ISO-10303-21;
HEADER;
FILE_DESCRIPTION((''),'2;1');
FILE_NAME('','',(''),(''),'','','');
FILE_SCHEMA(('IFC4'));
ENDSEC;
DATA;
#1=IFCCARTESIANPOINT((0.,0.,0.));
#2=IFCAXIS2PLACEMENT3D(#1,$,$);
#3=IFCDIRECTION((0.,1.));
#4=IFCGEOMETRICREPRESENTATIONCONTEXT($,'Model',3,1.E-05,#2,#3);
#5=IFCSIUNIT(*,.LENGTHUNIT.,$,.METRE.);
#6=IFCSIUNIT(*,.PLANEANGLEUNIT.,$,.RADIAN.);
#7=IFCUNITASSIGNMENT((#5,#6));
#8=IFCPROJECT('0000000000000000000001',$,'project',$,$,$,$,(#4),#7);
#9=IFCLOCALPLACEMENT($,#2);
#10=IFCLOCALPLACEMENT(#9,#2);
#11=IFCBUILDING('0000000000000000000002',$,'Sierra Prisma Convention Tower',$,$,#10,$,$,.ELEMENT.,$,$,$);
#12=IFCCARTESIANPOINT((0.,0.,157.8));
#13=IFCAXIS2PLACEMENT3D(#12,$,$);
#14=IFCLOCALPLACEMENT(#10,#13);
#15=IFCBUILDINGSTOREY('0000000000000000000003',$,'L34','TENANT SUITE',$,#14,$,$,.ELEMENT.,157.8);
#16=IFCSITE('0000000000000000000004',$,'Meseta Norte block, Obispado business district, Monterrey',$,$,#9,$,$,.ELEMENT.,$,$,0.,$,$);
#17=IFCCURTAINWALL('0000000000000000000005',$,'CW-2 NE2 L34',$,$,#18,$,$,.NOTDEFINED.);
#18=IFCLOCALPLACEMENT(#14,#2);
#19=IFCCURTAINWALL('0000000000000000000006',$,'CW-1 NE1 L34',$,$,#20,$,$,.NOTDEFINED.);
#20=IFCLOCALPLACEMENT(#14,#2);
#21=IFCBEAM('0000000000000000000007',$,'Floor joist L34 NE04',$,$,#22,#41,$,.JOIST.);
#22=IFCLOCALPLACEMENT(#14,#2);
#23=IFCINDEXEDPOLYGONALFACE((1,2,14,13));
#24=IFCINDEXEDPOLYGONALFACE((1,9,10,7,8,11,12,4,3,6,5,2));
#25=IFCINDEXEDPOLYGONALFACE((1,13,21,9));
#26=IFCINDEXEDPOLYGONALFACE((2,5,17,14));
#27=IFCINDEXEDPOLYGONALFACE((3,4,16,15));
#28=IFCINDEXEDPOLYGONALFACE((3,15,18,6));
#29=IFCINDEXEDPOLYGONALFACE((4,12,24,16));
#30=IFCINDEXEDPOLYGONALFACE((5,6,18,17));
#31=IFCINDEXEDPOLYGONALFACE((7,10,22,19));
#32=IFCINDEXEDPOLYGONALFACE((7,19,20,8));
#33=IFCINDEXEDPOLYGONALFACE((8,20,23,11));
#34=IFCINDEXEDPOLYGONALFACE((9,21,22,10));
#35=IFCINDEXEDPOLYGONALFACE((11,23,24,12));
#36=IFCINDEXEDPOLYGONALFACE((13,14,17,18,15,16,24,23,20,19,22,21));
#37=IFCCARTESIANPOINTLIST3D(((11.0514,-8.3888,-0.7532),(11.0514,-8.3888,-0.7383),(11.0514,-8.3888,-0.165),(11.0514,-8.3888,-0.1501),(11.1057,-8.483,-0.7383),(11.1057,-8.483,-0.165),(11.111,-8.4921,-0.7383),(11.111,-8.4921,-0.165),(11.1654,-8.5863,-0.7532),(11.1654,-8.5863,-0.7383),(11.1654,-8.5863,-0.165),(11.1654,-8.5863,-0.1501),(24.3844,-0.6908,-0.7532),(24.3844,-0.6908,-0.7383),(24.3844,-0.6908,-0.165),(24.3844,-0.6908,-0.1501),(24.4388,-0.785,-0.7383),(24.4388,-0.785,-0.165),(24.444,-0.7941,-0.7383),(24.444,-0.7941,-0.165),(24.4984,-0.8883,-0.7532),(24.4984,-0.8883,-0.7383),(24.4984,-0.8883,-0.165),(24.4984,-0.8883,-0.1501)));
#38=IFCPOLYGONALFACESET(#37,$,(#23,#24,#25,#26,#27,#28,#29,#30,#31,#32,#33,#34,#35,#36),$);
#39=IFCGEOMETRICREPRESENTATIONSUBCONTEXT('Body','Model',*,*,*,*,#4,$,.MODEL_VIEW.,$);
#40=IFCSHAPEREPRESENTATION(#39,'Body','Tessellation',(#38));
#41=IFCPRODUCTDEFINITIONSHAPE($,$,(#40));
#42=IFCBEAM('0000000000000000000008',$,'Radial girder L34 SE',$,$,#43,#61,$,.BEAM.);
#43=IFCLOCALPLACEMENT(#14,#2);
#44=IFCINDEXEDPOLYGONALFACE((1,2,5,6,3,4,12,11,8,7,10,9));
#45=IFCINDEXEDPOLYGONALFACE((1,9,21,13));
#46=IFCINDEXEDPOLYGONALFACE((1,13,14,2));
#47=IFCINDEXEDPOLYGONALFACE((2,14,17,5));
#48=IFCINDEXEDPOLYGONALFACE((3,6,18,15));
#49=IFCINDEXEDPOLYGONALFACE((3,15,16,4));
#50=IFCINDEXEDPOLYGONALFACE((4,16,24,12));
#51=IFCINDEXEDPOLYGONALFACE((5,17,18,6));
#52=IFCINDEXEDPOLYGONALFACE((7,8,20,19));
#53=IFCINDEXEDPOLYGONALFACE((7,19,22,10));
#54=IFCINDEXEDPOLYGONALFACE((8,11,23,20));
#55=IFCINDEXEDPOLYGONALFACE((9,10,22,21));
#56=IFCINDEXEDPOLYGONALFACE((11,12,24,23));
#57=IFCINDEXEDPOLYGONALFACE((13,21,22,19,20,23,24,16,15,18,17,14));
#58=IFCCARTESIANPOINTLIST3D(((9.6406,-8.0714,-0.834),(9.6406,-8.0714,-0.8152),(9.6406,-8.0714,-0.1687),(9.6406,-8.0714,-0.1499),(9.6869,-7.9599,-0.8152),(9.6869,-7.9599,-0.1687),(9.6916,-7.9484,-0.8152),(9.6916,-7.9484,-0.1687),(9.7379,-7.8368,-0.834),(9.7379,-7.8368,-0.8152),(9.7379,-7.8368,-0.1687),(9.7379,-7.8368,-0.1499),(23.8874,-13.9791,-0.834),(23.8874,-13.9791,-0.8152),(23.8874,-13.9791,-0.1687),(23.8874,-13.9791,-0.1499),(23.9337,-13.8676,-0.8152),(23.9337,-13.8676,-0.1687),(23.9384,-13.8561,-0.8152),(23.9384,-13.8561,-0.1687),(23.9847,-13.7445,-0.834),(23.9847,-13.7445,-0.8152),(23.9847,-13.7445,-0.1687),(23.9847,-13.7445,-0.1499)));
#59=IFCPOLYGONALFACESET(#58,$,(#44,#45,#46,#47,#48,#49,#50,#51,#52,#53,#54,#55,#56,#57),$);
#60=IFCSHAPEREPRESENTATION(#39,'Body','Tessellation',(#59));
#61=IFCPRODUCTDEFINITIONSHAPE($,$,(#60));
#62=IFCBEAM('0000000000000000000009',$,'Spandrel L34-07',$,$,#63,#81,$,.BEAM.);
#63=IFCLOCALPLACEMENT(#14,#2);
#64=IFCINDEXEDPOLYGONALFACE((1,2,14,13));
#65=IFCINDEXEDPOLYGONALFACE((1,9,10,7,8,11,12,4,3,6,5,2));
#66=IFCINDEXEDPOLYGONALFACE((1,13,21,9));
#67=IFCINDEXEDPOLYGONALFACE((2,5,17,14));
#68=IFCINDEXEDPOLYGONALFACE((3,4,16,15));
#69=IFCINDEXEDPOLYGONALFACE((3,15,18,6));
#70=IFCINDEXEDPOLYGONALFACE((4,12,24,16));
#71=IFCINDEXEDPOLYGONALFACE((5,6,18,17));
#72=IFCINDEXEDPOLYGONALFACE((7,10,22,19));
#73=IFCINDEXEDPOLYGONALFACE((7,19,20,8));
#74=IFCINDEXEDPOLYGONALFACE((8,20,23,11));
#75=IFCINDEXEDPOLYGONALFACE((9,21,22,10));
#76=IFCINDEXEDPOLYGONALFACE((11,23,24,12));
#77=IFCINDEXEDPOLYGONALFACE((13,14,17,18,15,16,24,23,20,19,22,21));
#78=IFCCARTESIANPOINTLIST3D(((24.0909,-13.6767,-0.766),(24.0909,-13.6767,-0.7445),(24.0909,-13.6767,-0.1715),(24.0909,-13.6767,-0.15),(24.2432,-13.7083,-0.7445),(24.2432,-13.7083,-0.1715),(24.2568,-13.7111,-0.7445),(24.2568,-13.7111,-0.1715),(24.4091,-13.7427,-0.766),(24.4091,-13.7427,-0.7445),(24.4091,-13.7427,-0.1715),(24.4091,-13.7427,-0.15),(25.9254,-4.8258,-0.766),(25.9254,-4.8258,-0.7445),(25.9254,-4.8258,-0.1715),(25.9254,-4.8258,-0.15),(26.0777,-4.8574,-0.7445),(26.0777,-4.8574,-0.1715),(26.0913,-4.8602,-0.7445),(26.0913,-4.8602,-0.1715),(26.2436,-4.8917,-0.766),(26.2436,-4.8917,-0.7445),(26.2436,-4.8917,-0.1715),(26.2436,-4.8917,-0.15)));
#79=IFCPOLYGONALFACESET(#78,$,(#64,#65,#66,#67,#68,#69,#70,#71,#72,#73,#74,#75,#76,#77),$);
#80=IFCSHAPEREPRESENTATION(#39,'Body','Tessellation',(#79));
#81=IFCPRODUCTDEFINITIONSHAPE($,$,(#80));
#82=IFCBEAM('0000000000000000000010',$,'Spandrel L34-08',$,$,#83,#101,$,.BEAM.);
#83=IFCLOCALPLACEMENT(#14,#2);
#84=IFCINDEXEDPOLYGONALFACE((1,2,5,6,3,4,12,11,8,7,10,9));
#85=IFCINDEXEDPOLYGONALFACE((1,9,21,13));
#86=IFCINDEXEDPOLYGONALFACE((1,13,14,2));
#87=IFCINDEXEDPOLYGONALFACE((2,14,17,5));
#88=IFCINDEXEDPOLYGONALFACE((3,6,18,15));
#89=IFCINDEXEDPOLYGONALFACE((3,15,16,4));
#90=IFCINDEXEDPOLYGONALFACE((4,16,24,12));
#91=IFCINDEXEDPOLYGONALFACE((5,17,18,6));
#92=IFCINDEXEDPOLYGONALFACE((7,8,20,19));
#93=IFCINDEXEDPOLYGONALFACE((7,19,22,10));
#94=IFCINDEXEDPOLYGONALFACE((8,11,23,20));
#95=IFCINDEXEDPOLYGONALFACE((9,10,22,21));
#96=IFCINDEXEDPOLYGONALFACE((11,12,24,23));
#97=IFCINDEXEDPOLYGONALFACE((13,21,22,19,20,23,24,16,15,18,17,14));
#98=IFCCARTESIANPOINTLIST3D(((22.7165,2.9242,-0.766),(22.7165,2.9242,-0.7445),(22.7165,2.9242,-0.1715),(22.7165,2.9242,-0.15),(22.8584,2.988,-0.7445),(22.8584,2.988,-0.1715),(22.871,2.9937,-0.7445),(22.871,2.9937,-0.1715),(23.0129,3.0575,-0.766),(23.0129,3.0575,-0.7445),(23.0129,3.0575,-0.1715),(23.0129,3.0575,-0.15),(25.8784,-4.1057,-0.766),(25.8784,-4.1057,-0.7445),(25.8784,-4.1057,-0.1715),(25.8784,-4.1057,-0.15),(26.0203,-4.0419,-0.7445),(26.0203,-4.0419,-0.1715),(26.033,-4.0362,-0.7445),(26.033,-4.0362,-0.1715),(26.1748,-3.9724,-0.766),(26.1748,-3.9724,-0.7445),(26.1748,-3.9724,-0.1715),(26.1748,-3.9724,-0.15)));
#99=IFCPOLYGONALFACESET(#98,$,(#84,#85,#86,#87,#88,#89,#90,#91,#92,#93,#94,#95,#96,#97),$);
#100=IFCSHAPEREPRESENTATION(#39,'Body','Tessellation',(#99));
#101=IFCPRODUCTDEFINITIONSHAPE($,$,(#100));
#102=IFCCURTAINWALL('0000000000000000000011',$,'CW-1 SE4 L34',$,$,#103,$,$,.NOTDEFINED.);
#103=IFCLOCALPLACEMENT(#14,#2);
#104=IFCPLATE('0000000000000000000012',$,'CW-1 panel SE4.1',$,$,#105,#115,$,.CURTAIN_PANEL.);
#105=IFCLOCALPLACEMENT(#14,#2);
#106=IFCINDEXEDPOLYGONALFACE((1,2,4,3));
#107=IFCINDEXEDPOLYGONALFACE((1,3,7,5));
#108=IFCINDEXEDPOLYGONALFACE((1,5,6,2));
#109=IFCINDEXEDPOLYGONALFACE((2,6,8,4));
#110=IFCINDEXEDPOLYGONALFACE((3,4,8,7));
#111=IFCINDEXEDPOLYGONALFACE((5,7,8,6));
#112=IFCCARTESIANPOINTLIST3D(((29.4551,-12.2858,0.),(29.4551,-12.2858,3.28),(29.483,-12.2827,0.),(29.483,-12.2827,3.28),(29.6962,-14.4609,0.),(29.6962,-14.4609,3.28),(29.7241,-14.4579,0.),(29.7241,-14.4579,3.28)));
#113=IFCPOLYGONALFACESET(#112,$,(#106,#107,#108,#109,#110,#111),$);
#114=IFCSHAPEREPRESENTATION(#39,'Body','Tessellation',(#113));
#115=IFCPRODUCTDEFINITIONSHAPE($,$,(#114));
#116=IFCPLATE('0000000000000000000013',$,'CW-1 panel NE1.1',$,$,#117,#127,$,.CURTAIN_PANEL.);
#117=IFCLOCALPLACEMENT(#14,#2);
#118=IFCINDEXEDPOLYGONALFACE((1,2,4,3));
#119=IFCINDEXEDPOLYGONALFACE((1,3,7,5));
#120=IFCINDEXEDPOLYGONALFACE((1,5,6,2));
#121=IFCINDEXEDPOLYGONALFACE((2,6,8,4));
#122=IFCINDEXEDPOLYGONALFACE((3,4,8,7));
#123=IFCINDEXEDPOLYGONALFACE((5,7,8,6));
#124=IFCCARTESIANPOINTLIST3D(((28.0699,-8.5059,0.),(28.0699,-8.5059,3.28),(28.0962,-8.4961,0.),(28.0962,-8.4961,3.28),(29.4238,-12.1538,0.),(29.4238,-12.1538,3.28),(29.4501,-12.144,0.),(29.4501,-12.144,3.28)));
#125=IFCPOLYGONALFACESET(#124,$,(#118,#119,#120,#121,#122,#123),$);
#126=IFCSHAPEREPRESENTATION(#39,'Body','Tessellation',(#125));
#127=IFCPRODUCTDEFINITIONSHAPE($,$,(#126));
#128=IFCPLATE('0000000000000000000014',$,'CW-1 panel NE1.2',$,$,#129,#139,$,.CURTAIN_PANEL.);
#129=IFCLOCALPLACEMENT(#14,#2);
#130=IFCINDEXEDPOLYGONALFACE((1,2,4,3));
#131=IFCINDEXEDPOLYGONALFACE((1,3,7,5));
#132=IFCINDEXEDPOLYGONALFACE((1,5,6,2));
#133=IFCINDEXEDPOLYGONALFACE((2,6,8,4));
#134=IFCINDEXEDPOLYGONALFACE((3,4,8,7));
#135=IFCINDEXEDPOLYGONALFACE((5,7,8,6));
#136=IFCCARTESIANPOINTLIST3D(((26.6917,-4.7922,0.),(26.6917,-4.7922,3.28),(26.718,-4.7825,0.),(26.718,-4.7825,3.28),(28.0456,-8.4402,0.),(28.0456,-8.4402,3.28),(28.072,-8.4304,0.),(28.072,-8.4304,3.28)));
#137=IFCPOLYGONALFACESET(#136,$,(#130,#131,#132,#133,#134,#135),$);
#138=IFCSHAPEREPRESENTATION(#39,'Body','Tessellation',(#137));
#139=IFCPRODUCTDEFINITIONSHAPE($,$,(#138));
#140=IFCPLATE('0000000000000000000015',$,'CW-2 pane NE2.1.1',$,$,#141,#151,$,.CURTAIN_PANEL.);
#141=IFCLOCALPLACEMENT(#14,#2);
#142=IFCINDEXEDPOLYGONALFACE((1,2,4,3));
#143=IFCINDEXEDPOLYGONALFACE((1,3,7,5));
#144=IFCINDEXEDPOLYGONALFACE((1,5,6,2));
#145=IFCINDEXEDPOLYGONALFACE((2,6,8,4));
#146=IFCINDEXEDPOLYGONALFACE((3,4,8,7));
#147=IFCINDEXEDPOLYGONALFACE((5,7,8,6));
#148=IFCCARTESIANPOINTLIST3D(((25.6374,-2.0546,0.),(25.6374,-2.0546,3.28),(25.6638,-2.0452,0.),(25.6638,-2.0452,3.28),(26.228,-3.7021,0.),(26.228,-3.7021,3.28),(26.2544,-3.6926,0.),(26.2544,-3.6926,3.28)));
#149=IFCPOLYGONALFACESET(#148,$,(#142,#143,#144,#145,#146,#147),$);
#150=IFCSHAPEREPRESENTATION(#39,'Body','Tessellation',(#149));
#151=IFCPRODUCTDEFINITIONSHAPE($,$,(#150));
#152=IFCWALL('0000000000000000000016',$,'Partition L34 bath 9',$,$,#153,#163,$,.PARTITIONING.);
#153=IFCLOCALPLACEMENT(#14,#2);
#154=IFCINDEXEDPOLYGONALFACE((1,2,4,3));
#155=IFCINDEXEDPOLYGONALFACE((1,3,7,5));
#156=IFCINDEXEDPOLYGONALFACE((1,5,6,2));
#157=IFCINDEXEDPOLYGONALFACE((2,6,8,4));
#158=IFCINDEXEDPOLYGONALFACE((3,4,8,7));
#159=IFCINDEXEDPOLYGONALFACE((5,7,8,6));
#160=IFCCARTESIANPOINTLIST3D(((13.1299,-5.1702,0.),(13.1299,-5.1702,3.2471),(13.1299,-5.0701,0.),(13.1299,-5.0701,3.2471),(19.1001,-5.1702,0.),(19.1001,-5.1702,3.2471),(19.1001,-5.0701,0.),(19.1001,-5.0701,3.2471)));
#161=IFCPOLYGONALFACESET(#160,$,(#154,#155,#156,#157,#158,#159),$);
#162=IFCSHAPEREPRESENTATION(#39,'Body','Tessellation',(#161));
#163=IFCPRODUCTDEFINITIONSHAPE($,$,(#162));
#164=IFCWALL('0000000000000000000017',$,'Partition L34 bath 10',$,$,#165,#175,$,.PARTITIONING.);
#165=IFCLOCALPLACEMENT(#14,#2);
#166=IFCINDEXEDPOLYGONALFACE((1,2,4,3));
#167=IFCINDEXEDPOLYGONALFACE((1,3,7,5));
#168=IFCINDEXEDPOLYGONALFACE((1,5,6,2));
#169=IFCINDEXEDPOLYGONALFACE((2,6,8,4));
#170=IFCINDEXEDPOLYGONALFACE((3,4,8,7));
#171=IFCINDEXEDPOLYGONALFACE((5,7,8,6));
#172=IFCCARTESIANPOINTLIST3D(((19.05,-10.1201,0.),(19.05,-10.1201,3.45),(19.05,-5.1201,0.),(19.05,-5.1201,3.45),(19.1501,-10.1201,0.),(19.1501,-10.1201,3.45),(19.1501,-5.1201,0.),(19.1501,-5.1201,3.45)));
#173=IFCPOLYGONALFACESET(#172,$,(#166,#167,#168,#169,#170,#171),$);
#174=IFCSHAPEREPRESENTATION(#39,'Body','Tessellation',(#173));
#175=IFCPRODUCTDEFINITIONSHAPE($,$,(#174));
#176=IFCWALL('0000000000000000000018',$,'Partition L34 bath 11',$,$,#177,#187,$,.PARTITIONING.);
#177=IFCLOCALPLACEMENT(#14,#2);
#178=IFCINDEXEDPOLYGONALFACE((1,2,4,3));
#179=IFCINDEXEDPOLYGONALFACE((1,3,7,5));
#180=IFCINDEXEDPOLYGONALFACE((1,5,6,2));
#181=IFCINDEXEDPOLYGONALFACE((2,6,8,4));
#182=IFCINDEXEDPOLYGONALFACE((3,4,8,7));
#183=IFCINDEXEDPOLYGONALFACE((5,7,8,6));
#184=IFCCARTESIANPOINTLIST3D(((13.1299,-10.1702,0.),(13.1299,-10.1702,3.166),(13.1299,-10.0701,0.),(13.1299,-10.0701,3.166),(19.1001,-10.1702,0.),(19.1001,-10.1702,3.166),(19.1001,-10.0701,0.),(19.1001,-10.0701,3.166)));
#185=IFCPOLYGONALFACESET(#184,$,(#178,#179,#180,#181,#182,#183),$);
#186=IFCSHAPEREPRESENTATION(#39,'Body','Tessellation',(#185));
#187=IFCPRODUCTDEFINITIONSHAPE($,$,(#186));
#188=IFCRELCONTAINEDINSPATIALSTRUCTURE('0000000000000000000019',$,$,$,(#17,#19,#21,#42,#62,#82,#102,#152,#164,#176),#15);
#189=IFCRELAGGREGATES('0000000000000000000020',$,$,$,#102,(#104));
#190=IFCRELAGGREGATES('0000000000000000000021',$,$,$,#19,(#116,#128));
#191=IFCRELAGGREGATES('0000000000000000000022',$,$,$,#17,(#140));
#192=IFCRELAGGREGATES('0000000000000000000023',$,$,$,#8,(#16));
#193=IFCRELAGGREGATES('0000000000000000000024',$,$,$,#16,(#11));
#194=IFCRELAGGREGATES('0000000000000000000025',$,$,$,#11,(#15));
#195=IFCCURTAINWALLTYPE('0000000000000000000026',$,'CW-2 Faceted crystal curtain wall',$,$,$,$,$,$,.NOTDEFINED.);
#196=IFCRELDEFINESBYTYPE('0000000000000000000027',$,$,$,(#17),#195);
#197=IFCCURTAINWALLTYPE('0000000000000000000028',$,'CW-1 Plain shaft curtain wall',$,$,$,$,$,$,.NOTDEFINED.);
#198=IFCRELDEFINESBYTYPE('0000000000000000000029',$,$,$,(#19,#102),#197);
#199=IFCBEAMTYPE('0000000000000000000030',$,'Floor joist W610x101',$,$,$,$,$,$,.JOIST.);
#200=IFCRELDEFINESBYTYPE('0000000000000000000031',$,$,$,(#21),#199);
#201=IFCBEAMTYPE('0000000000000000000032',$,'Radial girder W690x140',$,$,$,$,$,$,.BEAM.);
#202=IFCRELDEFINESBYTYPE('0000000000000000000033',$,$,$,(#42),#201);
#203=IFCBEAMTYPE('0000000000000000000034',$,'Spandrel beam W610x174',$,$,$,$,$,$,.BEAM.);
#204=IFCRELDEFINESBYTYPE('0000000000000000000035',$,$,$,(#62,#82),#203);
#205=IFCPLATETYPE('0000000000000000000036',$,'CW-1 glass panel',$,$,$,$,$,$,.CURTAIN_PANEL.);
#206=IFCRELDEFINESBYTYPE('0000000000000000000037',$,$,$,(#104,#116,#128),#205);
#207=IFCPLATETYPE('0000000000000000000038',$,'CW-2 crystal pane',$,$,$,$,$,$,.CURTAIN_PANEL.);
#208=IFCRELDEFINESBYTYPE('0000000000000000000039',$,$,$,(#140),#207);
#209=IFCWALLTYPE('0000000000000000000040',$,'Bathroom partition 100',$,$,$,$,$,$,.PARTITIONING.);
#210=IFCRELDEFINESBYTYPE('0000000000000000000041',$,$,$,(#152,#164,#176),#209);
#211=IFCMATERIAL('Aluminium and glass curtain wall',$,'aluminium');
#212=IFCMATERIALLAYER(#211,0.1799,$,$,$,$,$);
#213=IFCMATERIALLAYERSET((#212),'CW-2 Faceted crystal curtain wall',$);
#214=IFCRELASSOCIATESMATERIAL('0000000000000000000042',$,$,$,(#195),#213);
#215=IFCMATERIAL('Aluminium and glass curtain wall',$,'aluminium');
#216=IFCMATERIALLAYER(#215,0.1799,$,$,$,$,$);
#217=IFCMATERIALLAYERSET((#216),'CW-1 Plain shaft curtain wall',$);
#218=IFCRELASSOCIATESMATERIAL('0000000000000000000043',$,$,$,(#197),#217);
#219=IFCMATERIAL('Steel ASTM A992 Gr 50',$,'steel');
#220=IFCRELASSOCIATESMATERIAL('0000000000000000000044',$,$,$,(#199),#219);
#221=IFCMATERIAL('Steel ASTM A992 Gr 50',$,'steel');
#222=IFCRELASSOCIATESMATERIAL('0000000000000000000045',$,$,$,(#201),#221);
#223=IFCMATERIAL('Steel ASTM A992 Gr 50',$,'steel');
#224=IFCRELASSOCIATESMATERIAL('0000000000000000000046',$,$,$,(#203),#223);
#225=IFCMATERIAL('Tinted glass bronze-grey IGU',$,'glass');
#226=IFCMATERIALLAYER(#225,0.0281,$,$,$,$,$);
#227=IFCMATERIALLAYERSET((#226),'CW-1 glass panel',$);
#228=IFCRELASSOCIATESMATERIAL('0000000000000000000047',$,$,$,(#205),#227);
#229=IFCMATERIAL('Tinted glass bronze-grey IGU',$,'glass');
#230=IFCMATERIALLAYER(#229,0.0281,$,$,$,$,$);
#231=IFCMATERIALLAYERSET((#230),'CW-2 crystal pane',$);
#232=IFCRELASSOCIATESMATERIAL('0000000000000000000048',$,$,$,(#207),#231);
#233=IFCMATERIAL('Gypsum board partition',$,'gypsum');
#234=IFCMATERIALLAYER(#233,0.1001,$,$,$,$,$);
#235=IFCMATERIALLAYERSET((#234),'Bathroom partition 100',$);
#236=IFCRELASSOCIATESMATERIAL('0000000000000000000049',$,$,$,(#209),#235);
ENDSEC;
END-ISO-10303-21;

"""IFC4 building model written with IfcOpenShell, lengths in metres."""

from ifc_helpers import new_model, si_unit, direction, frame, frame_2d, origin, origin_2d, place, context, subcontext, project, spatial, polyline, rectangle, i_section, outline, extrude, material, layer, layer_set, material_profile, profile_set, type_object, element, aggregate, save


model = new_model("IFC4")

# Units and contexts
model_context = context("Model", 3, precision=1e-05, world=origin(), true_north=direction((0.0, 1.0)))
body_context = subcontext(model_context, "Body", "Model", "MODEL_VIEW")
ifc_project = project(units=[si_unit("LENGTHUNIT", "METRE"), si_unit("PLANEANGLEUNIT", "RADIAN")], contexts=[model_context])

# Site, building, storey
site_placement = place(None, origin())
site = spatial("IfcSite", under=ifc_project, at=site_placement, Name="Meseta Norte block, Obispado business district, Monterrey", CompositionType="ELEMENT", RefElevation=0.0)
building_placement = place(site_placement, origin())
building = spatial("IfcBuilding", under=site, at=building_placement, Name="Sierra Prisma Convention Tower", CompositionType="ELEMENT")
storey_placement = place(building_placement, frame((0.0, 0.0, 157.8)))
storey = spatial("IfcBuildingStorey", under=building, at=storey_placement, Name="L34", Description="TENANT SUITE", CompositionType="ELEMENT", Elevation=157.8)

# Curtain wall
ifc_material_1 = material(Name="Aluminium and glass curtain wall", Category="aluminium")
ifc_layer_1 = layer(ifc_material_1, 0.1799)
ifc_layer_set_1 = layer_set([ifc_layer_1], Name="CW-2 Faceted crystal curtain wall")
curtain_wall_type_1 = type_object("IfcCurtainWallType", Name="CW-2 Faceted crystal curtain wall", PredefinedType="NOTDEFINED", material=ifc_layer_set_1)
curtain_wall_1_placement = place(storey_placement, origin())
curtain_wall_1 = element("IfcCurtainWall", 1, at=curtain_wall_1_placement, inside=storey, type_object=curtain_wall_type_1, Name="CW-2 NE2 L34", PredefinedType="NOTDEFINED")

# Curtain wall
ifc_material_2 = material(Name="Aluminium and glass curtain wall", Category="aluminium")
ifc_layer_2 = layer(ifc_material_2, 0.1799)
ifc_layer_set_2 = layer_set([ifc_layer_2], Name="CW-1 Plain shaft curtain wall")
curtain_wall_type_2 = type_object("IfcCurtainWallType", Name="CW-1 Plain shaft curtain wall", PredefinedType="NOTDEFINED", material=ifc_layer_set_2)
curtain_wall_2_placement = place(storey_placement, origin())
curtain_wall_2 = element("IfcCurtainWall", 2, at=curtain_wall_2_placement, inside=storey, type_object=curtain_wall_type_2, Name="CW-1 NE1 L34", PredefinedType="NOTDEFINED")

# Beams
ifc_material_3 = material(Name="Steel ASTM A992 Gr 50", Category="steel")
ifc_material_profile_1 = material_profile(ifc_material_3, i_section(OverallWidth=0.228, OverallDepth=0.603, WebThickness=0.0105, FlangeThickness=0.0149, at=origin_2d()), Name="W610x101")
ifc_profile_set_1 = profile_set([ifc_material_profile_1], Name="Steel ASTM A992 Gr 50")
beam_type_1 = type_object("IfcBeamType", Name="Floor joist W610x101", PredefinedType="JOIST", material=ifc_profile_set_1)
beam_1_placement = place(storey_placement, frame((24.4414, -0.7896, -0.4517), z_axis=(-0.86602, -0.500009, 0.0), x_axis=(0.500009, -0.86602, 0.0)))
element("IfcBeam", 3, at=beam_1_placement, inside=storey, type_object=beam_type_1, Name="Floor joist L34 NE04", PredefinedType="JOIST", context=body_context, shape_type="SweptSolid", body=[
    extrude(i_section(OverallWidth=0.228, OverallDepth=0.603, WebThickness=0.0105, FlangeThickness=0.0149, at=origin_2d()), origin(), (0.0, 0.0, 1.0), 15.3958),
])
ifc_material_4 = material(Name="Steel ASTM A992 Gr 50", Category="steel")
ifc_material_profile_2 = material_profile(ifc_material_4, i_section(OverallWidth=0.2539, OverallDepth=0.6841, WebThickness=0.0125, FlangeThickness=0.0188, at=origin_2d()), Name="W690x140")
ifc_profile_set_2 = profile_set([ifc_material_profile_2], Name="Steel ASTM A992 Gr 50")
beam_type_2 = type_object("IfcBeamType", Name="Radial girder W690x140", PredefinedType="BEAM", material=ifc_profile_set_2)
beam_2_placement = place(storey_placement, frame((23.936, -13.8618, -0.4919), z_axis=(-0.923731, 0.383042, 0.0), x_axis=(-0.383042, -0.923731, 0.0)))
element("IfcBeam", 4, at=beam_2_placement, inside=storey, type_object=beam_type_2, Name="Radial girder L34 SE", PredefinedType="BEAM", context=body_context, shape_type="SweptSolid", body=[
    extrude(i_section(OverallWidth=0.2539, OverallDepth=0.6841, WebThickness=0.0125, FlangeThickness=0.0188, at=origin_2d()), origin(), (0.0, 0.0, 1.0), 15.4231),
])
ifc_material_5 = material(Name="Steel ASTM A992 Gr 50", Category="steel")
ifc_material_profile_3 = material_profile(ifc_material_5, i_section(OverallWidth=0.325, OverallDepth=0.616, WebThickness=0.0139, FlangeThickness=0.0215, at=origin_2d()), Name="W610x174")
ifc_profile_set_3 = profile_set([ifc_material_profile_3], Name="Steel ASTM A992 Gr 50")
beam_type_3 = type_object("IfcBeamType", Name="Spandrel beam W610x174", PredefinedType="BEAM", material=ifc_profile_set_3)
beam_3_placement = place(storey_placement, frame((24.25, -13.7097, -0.458), z_axis=(0.202952, 0.979189, 0.0), x_axis=(-0.979189, 0.202952, 0.0)))
element("IfcBeam", 5, at=beam_3_placement, inside=storey, type_object=beam_type_3, Name="Spandrel L34-07", PredefinedType="BEAM", context=body_context, shape_type="SweptSolid", body=[
    extrude(i_section(OverallWidth=0.325, OverallDepth=0.616, WebThickness=0.0139, FlangeThickness=0.0215, at=origin_2d()), origin(), (0.0, 0.0, 1.0), 9.0391),
])
beam_4_placement = place(storey_placement, frame((26.0266, -4.0391, -0.458), z_axis=(-0.410199, 0.911996, 0.0), x_axis=(-0.911996, -0.410199, 0.0)))
element("IfcBeam", 6, at=beam_4_placement, inside=storey, type_object=beam_type_3, Name="Spandrel L34-08", PredefinedType="BEAM", context=body_context, shape_type="SweptSolid", body=[
    extrude(i_section(OverallWidth=0.325, OverallDepth=0.616, WebThickness=0.0139, FlangeThickness=0.0215, at=origin_2d()), origin(), (0.0, 0.0, 1.0), 7.7083),
])

# Curtain wall, plate
curtain_wall_3_placement = place(storey_placement, origin())
curtain_wall_3 = element("IfcCurtainWall", 7, at=curtain_wall_3_placement, inside=storey, type_object=curtain_wall_type_2, Name="CW-1 SE4 L34", PredefinedType="NOTDEFINED")
ifc_material_6 = material(Name="Tinted glass bronze-grey IGU", Category="glass")
ifc_layer_3 = layer(ifc_material_6, 0.0281)
ifc_layer_set_3 = layer_set([ifc_layer_3], Name="CW-1 glass panel")
plate_type_1 = type_object("IfcPlateType", Name="CW-1 glass panel", PredefinedType="CURTAIN_PANEL", material=ifc_layer_set_3)
plate_1_placement = place(storey_placement, frame((29.5896, -13.3718, 0.0), z_axis=(0.0, 0.0, 1.0), x_axis=(-0.110186, 0.993911, 0.0)))
plate_1 = element("IfcPlate", 8, at=plate_1_placement, type_object=plate_type_1, Name="CW-1 panel SE4.1", PredefinedType="CURTAIN_PANEL", context=body_context, shape_type="SweptSolid", body=[
    extrude(rectangle(XDim=2.1885, YDim=0.0281, at=origin_2d()), origin(), (0.0, 0.0, 1.0), 3.28),
])
aggregate(curtain_wall_3, [plate_1])

# Plates
plate_2_placement = place(storey_placement, frame((28.76, -10.325, 0.0), z_axis=(0.0, 0.0, 1.0), x_axis=(-0.347954, 0.937511, 0.0)))
plate_2 = element("IfcPlate", 9, at=plate_2_placement, type_object=plate_type_1, Name="CW-1 panel NE1.1", PredefinedType="CURTAIN_PANEL", context=body_context, shape_type="SweptSolid", body=[
    extrude(rectangle(XDim=3.8911, YDim=0.0281, at=origin_2d()), origin(), (0.0, 0.0, 1.0), 3.28),
])
plate_3_placement = place(storey_placement, frame((27.3818, -6.6113, 0.0), z_axis=(0.0, 0.0, 1.0), x_axis=(-0.347954, 0.937511, 0.0)))
plate_3 = element("IfcPlate", 10, at=plate_3_placement, type_object=plate_type_1, Name="CW-1 panel NE1.2", PredefinedType="CURTAIN_PANEL", context=body_context, shape_type="SweptSolid", body=[
    extrude(rectangle(XDim=3.8911, YDim=0.0281, at=origin_2d()), origin(), (0.0, 0.0, 1.0), 3.28),
])
aggregate(curtain_wall_2, [plate_2, plate_3])
ifc_material_7 = material(Name="Tinted glass bronze-grey IGU", Category="glass")
ifc_layer_4 = layer(ifc_material_7, 0.0281)
ifc_layer_set_4 = layer_set([ifc_layer_4], Name="CW-2 crystal pane")
plate_type_2 = type_object("IfcPlateType", Name="CW-2 crystal pane", PredefinedType="CURTAIN_PANEL", material=ifc_layer_set_4)
plate_4_placement = place(storey_placement, frame((26.2544, -3.6926, 0.0), z_axis=(0.941344, 0.33745, 0.0), x_axis=(-0.33745, 0.941344, 0.0)))
plate_4 = element("IfcPlate", 11, at=plate_4_placement, type_object=plate_type_2, Name="CW-2 pane NE2.1.1", PredefinedType="CURTAIN_PANEL", context=body_context, shape_type="SweptSolid", body=[
    extrude(outline(polyline([(0.0, 0.0), (1.7501, 0.0), (1.7501, 3.28), (0.0, 3.28), (0.0, 0.0)])), origin(), (0.0, 0.0, -1.0), 0.0281),
])
aggregate(curtain_wall_1, [plate_4])

# Walls
ifc_material_8 = material(Name="Gypsum board partition", Category="gypsum")
ifc_layer_5 = layer(ifc_material_8, 0.1001)
ifc_layer_set_5 = layer_set([ifc_layer_5], Name="Bathroom partition 100")
wall_type_1 = type_object("IfcWallType", Name="Bathroom partition 100", PredefinedType="PARTITIONING", material=ifc_layer_set_5)
wall_1_placement = place(storey_placement, frame((13.1299, -5.1201, 0.0), z_axis=(0.0, 0.0, 1.0), x_axis=(1.0, 0.0, 0.0)))
element("IfcWall", 12, at=wall_1_placement, inside=storey, type_object=wall_type_1, Name="Partition L34 bath 9", PredefinedType="PARTITIONING", context=body_context, shape_type="SweptSolid", body=[
    extrude(rectangle(XDim=5.9702, YDim=0.1001, at=frame_2d((2.9851, 0.0))), origin(), (0.0, 0.0, 1.0), 3.2471),
])
wall_2_placement = place(storey_placement, frame((19.1001, -5.1201, 0.0), z_axis=(0.0, 0.0, 1.0), x_axis=(0.0, -1.0, 0.0)))
element("IfcWall", 13, at=wall_2_placement, inside=storey, type_object=wall_type_1, Name="Partition L34 bath 10", PredefinedType="PARTITIONING", context=body_context, shape_type="SweptSolid", body=[
    extrude(rectangle(XDim=5.0, YDim=0.1001, at=frame_2d((2.5, 0.0))), origin(), (0.0, 0.0, 1.0), 3.45),
])
wall_3_placement = place(storey_placement, frame((19.1001, -10.1201, 0.0), z_axis=(0.0, 0.0, 1.0), x_axis=(-1.0, 0.0, 0.0)))
element("IfcWall", 14, at=wall_3_placement, inside=storey, type_object=wall_type_1, Name="Partition L34 bath 11", PredefinedType="PARTITIONING", context=body_context, shape_type="SweptSolid", body=[
    extrude(rectangle(XDim=5.9702, YDim=0.1001, at=frame_2d((2.9851, 0.0))), origin(), (0.0, 0.0, 1.0), 3.166),
])

save(model, "model.ifc")
